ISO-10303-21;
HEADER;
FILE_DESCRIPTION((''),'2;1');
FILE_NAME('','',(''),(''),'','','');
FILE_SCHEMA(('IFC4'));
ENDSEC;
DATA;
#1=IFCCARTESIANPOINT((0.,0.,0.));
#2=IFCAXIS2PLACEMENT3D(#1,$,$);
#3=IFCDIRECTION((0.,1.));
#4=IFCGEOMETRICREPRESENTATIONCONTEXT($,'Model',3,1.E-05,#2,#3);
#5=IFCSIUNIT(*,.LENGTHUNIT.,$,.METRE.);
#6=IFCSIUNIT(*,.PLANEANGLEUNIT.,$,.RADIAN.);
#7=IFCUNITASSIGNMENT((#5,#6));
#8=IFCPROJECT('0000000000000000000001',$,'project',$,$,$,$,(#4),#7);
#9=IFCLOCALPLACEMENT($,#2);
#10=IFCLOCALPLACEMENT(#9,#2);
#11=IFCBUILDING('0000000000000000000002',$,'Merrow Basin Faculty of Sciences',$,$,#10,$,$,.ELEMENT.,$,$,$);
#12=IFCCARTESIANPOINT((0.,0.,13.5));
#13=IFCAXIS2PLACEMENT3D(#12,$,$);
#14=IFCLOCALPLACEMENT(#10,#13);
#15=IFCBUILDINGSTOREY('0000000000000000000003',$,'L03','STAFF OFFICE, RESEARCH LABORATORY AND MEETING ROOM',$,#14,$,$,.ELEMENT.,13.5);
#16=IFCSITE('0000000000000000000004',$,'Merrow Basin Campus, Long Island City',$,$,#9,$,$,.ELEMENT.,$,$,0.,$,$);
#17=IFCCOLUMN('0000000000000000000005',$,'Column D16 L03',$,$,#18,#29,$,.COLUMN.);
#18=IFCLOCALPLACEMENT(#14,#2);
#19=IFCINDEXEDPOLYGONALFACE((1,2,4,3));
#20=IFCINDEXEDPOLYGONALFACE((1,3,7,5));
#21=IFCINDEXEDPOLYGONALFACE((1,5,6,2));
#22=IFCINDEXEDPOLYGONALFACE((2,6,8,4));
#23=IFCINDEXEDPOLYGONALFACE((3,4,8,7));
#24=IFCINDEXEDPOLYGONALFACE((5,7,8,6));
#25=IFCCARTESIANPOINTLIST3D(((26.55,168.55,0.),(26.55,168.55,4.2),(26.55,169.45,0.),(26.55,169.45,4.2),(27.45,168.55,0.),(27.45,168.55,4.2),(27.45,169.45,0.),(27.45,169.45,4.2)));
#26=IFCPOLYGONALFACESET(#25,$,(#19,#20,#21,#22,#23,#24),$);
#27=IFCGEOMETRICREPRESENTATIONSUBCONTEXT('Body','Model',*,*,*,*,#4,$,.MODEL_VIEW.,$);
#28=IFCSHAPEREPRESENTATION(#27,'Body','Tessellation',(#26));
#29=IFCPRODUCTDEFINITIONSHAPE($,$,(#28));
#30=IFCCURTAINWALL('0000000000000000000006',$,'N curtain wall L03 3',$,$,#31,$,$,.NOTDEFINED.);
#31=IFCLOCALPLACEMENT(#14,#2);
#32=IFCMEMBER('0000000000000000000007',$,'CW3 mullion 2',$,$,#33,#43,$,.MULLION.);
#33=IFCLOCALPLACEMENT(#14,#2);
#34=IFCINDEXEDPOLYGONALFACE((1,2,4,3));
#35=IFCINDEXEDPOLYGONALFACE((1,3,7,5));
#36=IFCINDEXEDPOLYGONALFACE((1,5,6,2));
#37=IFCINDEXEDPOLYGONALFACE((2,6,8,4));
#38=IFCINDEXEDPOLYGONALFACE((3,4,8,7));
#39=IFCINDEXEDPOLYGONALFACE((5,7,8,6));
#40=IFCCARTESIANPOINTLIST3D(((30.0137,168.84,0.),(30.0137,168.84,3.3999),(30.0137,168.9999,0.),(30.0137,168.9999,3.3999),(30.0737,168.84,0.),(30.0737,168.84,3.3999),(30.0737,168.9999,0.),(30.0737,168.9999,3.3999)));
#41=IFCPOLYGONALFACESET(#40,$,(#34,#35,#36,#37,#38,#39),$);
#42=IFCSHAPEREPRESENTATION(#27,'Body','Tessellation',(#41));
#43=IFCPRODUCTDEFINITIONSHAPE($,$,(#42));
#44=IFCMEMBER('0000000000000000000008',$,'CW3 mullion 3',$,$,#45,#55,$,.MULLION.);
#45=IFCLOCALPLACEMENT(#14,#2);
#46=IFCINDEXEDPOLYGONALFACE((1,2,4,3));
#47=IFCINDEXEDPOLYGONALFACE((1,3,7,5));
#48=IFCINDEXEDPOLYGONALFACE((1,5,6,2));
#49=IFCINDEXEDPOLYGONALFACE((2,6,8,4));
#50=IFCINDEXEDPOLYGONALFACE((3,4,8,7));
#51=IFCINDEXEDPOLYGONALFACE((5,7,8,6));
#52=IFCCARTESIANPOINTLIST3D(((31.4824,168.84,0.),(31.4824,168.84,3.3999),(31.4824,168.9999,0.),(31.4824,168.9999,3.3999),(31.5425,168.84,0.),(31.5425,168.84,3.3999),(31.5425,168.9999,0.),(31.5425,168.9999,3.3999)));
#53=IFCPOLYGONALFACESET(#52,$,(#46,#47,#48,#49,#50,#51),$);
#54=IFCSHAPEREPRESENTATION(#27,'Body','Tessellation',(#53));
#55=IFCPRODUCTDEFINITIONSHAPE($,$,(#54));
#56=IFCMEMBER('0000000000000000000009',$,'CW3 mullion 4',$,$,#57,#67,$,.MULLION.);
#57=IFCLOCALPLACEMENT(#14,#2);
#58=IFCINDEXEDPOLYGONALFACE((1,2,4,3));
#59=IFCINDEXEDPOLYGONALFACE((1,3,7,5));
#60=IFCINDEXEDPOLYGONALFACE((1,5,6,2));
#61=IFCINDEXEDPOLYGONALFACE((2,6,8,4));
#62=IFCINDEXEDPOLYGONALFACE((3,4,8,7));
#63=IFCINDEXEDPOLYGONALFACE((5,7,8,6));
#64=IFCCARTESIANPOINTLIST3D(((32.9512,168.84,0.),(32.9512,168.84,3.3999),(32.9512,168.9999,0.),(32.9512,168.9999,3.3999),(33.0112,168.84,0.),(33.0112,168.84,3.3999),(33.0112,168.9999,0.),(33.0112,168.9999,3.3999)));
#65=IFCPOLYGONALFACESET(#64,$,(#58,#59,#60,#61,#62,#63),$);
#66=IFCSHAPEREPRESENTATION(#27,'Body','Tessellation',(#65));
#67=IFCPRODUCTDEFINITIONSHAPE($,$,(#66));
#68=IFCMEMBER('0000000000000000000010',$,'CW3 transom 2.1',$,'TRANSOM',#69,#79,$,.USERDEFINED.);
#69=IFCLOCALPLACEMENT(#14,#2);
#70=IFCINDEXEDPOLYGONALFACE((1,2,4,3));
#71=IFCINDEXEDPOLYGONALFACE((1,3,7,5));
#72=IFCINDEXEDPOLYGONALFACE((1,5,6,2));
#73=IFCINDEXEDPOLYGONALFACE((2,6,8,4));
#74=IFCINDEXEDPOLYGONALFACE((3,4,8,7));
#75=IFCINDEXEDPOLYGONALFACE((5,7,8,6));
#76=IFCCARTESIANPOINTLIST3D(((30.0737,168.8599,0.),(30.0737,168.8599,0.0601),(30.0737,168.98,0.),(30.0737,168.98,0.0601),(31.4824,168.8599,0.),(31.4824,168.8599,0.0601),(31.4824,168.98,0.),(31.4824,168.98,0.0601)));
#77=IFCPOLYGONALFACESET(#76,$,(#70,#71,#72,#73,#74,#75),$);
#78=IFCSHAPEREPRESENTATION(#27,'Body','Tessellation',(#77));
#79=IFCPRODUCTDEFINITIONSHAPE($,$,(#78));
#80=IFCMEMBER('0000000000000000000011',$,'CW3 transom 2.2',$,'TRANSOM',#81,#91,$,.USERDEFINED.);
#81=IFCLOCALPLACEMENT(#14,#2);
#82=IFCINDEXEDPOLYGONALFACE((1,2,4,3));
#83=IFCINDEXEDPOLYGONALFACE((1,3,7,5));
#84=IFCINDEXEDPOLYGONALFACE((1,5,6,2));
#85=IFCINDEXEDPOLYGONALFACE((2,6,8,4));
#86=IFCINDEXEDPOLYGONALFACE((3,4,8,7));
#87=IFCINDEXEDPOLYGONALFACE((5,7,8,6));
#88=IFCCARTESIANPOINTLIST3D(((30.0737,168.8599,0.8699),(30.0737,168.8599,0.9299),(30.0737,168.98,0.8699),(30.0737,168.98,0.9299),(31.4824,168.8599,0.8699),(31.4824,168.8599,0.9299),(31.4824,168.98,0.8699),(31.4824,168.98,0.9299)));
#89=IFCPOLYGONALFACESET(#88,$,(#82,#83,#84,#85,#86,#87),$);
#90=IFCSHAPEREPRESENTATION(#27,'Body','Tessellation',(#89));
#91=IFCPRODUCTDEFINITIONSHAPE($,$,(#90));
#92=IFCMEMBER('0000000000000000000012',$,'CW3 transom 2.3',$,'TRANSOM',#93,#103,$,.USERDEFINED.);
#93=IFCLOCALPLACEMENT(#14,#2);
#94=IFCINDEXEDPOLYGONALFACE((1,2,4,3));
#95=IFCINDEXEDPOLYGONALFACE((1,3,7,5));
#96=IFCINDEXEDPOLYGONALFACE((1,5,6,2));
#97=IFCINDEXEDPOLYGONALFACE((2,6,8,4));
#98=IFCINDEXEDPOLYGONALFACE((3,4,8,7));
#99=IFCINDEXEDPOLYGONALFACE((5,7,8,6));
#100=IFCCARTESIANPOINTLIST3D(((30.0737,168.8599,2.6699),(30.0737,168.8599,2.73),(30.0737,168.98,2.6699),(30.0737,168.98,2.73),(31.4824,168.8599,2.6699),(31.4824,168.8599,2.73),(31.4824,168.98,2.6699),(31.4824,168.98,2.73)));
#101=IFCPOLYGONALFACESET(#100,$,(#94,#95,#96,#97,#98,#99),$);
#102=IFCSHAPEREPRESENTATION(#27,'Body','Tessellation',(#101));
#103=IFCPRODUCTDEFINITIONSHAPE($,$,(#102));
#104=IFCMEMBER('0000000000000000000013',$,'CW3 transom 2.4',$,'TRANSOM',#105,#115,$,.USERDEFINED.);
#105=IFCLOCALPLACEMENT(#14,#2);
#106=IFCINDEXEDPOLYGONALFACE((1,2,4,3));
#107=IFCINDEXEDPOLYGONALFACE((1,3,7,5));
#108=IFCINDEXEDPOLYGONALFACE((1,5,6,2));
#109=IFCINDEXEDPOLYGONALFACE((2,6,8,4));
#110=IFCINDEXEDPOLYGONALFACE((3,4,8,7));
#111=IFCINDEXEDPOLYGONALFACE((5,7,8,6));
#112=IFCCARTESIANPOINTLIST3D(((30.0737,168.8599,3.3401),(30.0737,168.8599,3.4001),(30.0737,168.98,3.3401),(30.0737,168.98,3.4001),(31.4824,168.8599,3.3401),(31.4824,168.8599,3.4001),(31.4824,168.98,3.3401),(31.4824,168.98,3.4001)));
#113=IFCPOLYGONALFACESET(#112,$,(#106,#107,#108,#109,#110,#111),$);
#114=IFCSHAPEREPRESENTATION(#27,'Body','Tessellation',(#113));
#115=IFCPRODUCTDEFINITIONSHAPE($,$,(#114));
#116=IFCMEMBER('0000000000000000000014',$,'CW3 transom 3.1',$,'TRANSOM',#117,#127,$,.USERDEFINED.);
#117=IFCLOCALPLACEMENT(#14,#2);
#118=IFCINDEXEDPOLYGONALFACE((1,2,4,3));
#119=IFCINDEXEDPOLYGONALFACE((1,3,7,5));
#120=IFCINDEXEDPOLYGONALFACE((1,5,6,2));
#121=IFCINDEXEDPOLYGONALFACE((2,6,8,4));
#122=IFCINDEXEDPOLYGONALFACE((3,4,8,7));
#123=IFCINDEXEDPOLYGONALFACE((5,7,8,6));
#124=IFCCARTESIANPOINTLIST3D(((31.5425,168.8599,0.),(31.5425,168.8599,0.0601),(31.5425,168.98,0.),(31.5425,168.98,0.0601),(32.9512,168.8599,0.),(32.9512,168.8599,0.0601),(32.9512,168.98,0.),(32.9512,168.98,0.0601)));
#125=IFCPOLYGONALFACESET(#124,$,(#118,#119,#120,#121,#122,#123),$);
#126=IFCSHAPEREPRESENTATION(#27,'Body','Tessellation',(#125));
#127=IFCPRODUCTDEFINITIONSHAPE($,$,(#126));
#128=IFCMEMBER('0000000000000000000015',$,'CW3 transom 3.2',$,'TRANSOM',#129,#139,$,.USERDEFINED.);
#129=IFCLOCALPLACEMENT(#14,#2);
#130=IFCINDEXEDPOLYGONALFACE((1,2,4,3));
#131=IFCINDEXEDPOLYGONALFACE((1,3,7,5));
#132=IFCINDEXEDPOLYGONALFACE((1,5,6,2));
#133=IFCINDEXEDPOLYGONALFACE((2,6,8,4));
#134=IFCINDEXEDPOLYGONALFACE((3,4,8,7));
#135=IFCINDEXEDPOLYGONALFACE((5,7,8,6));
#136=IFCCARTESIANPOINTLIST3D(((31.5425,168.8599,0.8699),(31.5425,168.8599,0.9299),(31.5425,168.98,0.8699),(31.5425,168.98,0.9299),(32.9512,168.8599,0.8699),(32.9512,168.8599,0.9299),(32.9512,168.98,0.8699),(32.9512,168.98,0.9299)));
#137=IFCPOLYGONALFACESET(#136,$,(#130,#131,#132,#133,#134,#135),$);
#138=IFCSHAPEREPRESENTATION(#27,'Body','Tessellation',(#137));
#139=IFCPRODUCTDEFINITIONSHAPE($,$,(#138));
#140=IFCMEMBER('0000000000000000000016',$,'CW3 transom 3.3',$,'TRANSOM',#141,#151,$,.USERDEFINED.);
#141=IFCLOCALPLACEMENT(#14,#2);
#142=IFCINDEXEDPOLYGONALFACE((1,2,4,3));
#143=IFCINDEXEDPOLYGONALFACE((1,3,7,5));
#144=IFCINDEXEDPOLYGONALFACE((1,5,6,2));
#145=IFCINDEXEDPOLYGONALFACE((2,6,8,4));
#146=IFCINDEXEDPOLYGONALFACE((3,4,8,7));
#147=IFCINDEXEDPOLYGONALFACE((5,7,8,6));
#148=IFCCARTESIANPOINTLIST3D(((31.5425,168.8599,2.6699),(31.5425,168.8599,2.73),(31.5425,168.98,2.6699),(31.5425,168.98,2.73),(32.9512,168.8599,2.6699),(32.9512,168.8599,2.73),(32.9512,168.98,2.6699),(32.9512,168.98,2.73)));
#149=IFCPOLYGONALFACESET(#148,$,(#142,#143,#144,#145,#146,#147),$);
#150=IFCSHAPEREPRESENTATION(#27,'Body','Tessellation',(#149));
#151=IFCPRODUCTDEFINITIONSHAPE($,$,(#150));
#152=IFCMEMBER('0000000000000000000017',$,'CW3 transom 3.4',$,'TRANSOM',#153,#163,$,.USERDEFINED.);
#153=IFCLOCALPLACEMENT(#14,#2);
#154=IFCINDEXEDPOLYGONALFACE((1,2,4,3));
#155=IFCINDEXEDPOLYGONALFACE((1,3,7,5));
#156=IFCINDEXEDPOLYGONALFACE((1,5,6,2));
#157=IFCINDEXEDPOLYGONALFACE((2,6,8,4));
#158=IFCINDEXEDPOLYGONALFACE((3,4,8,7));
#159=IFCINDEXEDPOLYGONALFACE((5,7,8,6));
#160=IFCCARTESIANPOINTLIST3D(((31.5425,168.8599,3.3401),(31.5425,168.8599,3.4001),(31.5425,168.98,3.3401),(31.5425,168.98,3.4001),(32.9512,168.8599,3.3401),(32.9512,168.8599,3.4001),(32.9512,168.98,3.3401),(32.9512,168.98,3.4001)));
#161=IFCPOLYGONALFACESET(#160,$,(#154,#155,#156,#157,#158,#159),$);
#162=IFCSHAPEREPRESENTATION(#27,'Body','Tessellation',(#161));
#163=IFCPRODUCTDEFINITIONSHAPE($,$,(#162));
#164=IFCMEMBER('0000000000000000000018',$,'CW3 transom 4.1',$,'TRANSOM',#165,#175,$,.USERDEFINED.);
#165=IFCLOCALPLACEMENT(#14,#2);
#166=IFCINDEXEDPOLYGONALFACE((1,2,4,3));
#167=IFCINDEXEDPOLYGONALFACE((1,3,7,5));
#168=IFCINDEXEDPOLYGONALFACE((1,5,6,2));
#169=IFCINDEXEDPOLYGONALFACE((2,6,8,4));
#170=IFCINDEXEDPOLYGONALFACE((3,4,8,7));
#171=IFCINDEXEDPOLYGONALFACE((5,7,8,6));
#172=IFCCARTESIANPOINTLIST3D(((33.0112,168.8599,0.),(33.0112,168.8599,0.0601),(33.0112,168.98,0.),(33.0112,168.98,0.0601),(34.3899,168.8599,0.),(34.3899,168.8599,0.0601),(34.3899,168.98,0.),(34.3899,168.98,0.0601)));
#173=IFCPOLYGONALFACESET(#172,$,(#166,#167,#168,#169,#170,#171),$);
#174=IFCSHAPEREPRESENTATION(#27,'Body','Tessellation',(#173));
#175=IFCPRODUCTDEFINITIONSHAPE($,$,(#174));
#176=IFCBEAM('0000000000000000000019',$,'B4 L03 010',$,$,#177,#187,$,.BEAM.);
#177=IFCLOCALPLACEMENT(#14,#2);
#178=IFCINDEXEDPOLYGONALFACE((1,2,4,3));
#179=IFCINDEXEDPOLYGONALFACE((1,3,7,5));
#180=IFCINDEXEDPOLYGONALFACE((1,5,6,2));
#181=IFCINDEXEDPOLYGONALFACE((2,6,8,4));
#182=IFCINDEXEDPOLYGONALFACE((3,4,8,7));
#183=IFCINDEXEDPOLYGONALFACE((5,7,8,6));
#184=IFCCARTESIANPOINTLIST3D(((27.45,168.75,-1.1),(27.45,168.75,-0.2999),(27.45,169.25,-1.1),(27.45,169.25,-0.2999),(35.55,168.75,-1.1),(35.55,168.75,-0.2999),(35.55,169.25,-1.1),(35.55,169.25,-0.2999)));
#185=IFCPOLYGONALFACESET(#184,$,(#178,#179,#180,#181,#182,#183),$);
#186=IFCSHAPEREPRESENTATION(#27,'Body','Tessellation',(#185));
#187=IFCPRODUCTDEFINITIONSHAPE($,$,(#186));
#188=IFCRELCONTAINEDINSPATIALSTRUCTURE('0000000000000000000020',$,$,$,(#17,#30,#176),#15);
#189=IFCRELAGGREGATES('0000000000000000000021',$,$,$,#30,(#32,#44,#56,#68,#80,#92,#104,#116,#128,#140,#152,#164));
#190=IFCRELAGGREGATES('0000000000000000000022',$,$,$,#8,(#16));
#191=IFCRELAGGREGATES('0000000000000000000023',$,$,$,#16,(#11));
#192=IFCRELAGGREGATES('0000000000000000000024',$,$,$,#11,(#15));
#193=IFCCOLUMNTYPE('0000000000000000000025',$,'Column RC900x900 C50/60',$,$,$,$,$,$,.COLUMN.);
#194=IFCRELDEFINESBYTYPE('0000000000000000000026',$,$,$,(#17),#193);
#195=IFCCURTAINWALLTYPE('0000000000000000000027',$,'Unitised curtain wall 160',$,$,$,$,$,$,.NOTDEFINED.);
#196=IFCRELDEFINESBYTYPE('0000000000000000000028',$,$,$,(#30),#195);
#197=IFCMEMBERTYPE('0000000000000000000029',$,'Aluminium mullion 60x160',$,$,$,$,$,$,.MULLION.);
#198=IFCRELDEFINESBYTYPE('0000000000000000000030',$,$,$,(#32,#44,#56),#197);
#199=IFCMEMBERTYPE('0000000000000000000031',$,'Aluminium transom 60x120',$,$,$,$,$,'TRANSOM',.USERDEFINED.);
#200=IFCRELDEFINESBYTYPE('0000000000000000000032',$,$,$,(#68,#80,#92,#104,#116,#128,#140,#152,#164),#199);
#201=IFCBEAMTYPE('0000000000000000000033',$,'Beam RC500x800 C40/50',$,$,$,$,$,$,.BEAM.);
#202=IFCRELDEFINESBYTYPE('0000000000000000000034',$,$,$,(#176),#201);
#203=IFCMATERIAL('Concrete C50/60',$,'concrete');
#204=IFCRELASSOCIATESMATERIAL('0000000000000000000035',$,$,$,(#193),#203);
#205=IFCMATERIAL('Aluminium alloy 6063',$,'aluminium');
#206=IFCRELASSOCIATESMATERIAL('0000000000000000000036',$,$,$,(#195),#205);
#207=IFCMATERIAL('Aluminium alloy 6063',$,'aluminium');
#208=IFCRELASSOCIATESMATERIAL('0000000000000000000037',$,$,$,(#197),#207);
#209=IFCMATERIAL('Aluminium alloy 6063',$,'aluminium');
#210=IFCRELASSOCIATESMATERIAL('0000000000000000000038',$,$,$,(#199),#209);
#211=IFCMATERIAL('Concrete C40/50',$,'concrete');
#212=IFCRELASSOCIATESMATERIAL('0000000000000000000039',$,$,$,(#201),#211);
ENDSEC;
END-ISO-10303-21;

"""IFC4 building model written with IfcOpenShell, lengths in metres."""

from ifc_helpers import new_model, si_unit, direction, frame, origin, origin_2d, place, context, subcontext, project, spatial, rectangle, extrude, material, material_profile, profile_set, type_object, element, aggregate, save


model = new_model("IFC4")

# Units and contexts
model_context = context("Model", 3, precision=1e-05, world=origin(), true_north=direction((0.0, 1.0)))
body_context = subcontext(model_context, "Body", "Model", "MODEL_VIEW")
ifc_project = project(units=[si_unit("LENGTHUNIT", "METRE"), si_unit("PLANEANGLEUNIT", "RADIAN")], contexts=[model_context])

# Site, building, storey
site_placement = place(None, origin())
site = spatial("IfcSite", under=ifc_project, at=site_placement, Name="Merrow Basin Campus, Long Island City", CompositionType="ELEMENT", RefElevation=0.0)
building_placement = place(site_placement, origin())
building = spatial("IfcBuilding", under=site, at=building_placement, Name="Merrow Basin Faculty of Sciences", CompositionType="ELEMENT")
storey_placement = place(building_placement, frame((0.0, 0.0, 13.5)))
storey = spatial("IfcBuildingStorey", under=building, at=storey_placement, Name="L03", Description="STAFF OFFICE, RESEARCH LABORATORY AND MEETING ROOM", CompositionType="ELEMENT", Elevation=13.5)

# Column
ifc_material_1 = material(Name="Concrete C50/60", Category="concrete")
ifc_material_profile_1 = material_profile(ifc_material_1, rectangle(XDim=0.8999, YDim=0.8999, at=origin_2d()))
ifc_profile_set_1 = profile_set([ifc_material_profile_1], Name="Concrete C50/60")
column_type = type_object("IfcColumnType", Name="Column RC900x900 C50/60", PredefinedType="COLUMN", material=ifc_profile_set_1)
column_placement = place(storey_placement, frame((27.0, 169.0, 0.0), z_axis=(0.0, 0.0, 1.0), x_axis=(1.0, 0.0, 0.0)))
element("IfcColumn", 1, at=column_placement, inside=storey, type_object=column_type, Name="Column D16 L03", PredefinedType="COLUMN", context=body_context, shape_type="SweptSolid", body=[
    extrude(rectangle(XDim=0.8999, YDim=0.8999, at=origin_2d()), origin(), (0.0, 0.0, 1.0), 4.2),
])

# Curtain wall, members
ifc_material_2 = material(Name="Aluminium alloy 6063", Category="aluminium")
curtain_wall_type = type_object("IfcCurtainWallType", Name="Unitised curtain wall 160", PredefinedType="NOTDEFINED", material=ifc_material_2)
curtain_wall_placement = place(storey_placement, origin())
curtain_wall = element("IfcCurtainWall", 2, at=curtain_wall_placement, inside=storey, type_object=curtain_wall_type, Name="N curtain wall L03 3", PredefinedType="NOTDEFINED")
ifc_material_3 = material(Name="Aluminium alloy 6063", Category="aluminium")
ifc_material_profile_2 = material_profile(ifc_material_3, rectangle(XDim=0.1599, YDim=0.0601, at=origin_2d()))
ifc_profile_set_2 = profile_set([ifc_material_profile_2], Name="Aluminium alloy 6063")
member_type_1 = type_object("IfcMemberType", Name="Aluminium mullion 60x160", PredefinedType="MULLION", material=ifc_profile_set_2)
member_1_placement = place(storey_placement, frame((30.0437, 168.9199, 0.0), z_axis=(0.0, 0.0, 1.0), x_axis=(0.0, 1.0, 0.0)))
member_1 = element("IfcMember", 3, at=member_1_placement, type_object=member_type_1, Name="CW3 mullion 2", PredefinedType="MULLION", context=body_context, shape_type="SweptSolid", body=[
    extrude(rectangle(XDim=0.1599, YDim=0.0601, at=origin_2d()), origin(), (0.0, 0.0, 1.0), 3.3999),
])
member_2_placement = place(storey_placement, frame((31.5125, 168.9199, 0.0), z_axis=(0.0, 0.0, 1.0), x_axis=(0.0, 1.0, 0.0)))
member_2 = element("IfcMember", 4, at=member_2_placement, type_object=member_type_1, Name="CW3 mullion 3", PredefinedType="MULLION", context=body_context, shape_type="SweptSolid", body=[
    extrude(rectangle(XDim=0.1599, YDim=0.0601, at=origin_2d()), origin(), (0.0, 0.0, 1.0), 3.3999),
])
member_3_placement = place(storey_placement, frame((32.9812, 168.9199, 0.0), z_axis=(0.0, 0.0, 1.0), x_axis=(0.0, 1.0, 0.0)))
member_3 = element("IfcMember", 5, at=member_3_placement, type_object=member_type_1, Name="CW3 mullion 4", PredefinedType="MULLION", context=body_context, shape_type="SweptSolid", body=[
    extrude(rectangle(XDim=0.1599, YDim=0.0601, at=origin_2d()), origin(), (0.0, 0.0, 1.0), 3.3999),
])
ifc_material_4 = material(Name="Aluminium alloy 6063", Category="aluminium")
ifc_material_profile_3 = material_profile(ifc_material_4, rectangle(XDim=0.1201, YDim=0.0601, at=origin_2d()))
ifc_profile_set_3 = profile_set([ifc_material_profile_3], Name="Aluminium alloy 6063")
member_type_2 = type_object("IfcMemberType", Name="Aluminium transom 60x120", ElementType="TRANSOM", PredefinedType="USERDEFINED", material=ifc_profile_set_3)
member_4_placement = place(storey_placement, frame((30.0737, 168.9199, 0.03), z_axis=(1.0, 0.0, 0.0), x_axis=(0.0, 1.0, 0.0)))
member_4 = element("IfcMember", 6, at=member_4_placement, type_object=member_type_2, Name="CW3 transom 2.1", ObjectType="TRANSOM", PredefinedType="USERDEFINED", context=body_context, shape_type="SweptSolid", body=[
    extrude(rectangle(XDim=0.1201, YDim=0.0601, at=origin_2d()), origin(), (0.0, 0.0, 1.0), 1.4087),
])
member_5_placement = place(storey_placement, frame((30.0737, 168.9199, 0.8999), z_axis=(1.0, 0.0, 0.0), x_axis=(0.0, 1.0, 0.0)))
member_5 = element("IfcMember", 7, at=member_5_placement, type_object=member_type_2, Name="CW3 transom 2.2", ObjectType="TRANSOM", PredefinedType="USERDEFINED", context=body_context, shape_type="SweptSolid", body=[
    extrude(rectangle(XDim=0.1201, YDim=0.0601, at=origin_2d()), origin(), (0.0, 0.0, 1.0), 1.4087),
])
member_6_placement = place(storey_placement, frame((30.0737, 168.9199, 2.7), z_axis=(1.0, 0.0, 0.0), x_axis=(0.0, 1.0, 0.0)))
member_6 = element("IfcMember", 8, at=member_6_placement, type_object=member_type_2, Name="CW3 transom 2.3", ObjectType="TRANSOM", PredefinedType="USERDEFINED", context=body_context, shape_type="SweptSolid", body=[
    extrude(rectangle(XDim=0.1201, YDim=0.0601, at=origin_2d()), origin(), (0.0, 0.0, 1.0), 1.4087),
])
member_7_placement = place(storey_placement, frame((30.0737, 168.9199, 3.3701), z_axis=(1.0, 0.0, 0.0), x_axis=(0.0, 1.0, 0.0)))
member_7 = element("IfcMember", 9, at=member_7_placement, type_object=member_type_2, Name="CW3 transom 2.4", ObjectType="TRANSOM", PredefinedType="USERDEFINED", context=body_context, shape_type="SweptSolid", body=[
    extrude(rectangle(XDim=0.1201, YDim=0.0601, at=origin_2d()), origin(), (0.0, 0.0, 1.0), 1.4087),
])
member_8_placement = place(storey_placement, frame((31.5425, 168.9199, 0.03), z_axis=(1.0, 0.0, 0.0), x_axis=(0.0, 1.0, 0.0)))
member_8 = element("IfcMember", 10, at=member_8_placement, type_object=member_type_2, Name="CW3 transom 3.1", ObjectType="TRANSOM", PredefinedType="USERDEFINED", context=body_context, shape_type="SweptSolid", body=[
    extrude(rectangle(XDim=0.1201, YDim=0.0601, at=origin_2d()), origin(), (0.0, 0.0, 1.0), 1.4087),
])
member_9_placement = place(storey_placement, frame((31.5425, 168.9199, 0.8999), z_axis=(1.0, 0.0, 0.0), x_axis=(0.0, 1.0, 0.0)))
member_9 = element("IfcMember", 11, at=member_9_placement, type_object=member_type_2, Name="CW3 transom 3.2", ObjectType="TRANSOM", PredefinedType="USERDEFINED", context=body_context, shape_type="SweptSolid", body=[
    extrude(rectangle(XDim=0.1201, YDim=0.0601, at=origin_2d()), origin(), (0.0, 0.0, 1.0), 1.4087),
])
member_10_placement = place(storey_placement, frame((31.5425, 168.9199, 2.7), z_axis=(1.0, 0.0, 0.0), x_axis=(0.0, 1.0, 0.0)))
member_10 = element("IfcMember", 12, at=member_10_placement, type_object=member_type_2, Name="CW3 transom 3.3", ObjectType="TRANSOM", PredefinedType="USERDEFINED", context=body_context, shape_type="SweptSolid", body=[
    extrude(rectangle(XDim=0.1201, YDim=0.0601, at=origin_2d()), origin(), (0.0, 0.0, 1.0), 1.4087),
])
member_11_placement = place(storey_placement, frame((31.5425, 168.9199, 3.3701), z_axis=(1.0, 0.0, 0.0), x_axis=(0.0, 1.0, 0.0)))
member_11 = element("IfcMember", 13, at=member_11_placement, type_object=member_type_2, Name="CW3 transom 3.4", ObjectType="TRANSOM", PredefinedType="USERDEFINED", context=body_context, shape_type="SweptSolid", body=[
    extrude(rectangle(XDim=0.1201, YDim=0.0601, at=origin_2d()), origin(), (0.0, 0.0, 1.0), 1.4087),
])
member_12_placement = place(storey_placement, frame((33.0112, 168.9199, 0.03), z_axis=(1.0, 0.0, 0.0), x_axis=(0.0, 1.0, 0.0)))
member_12 = element("IfcMember", 14, at=member_12_placement, type_object=member_type_2, Name="CW3 transom 4.1", ObjectType="TRANSOM", PredefinedType="USERDEFINED", context=body_context, shape_type="SweptSolid", body=[
    extrude(rectangle(XDim=0.1201, YDim=0.0601, at=origin_2d()), origin(), (0.0, 0.0, 1.0), 1.3787),
])

# Beam
ifc_material_5 = material(Name="Concrete C40/50", Category="concrete")
ifc_material_profile_4 = material_profile(ifc_material_5, rectangle(XDim=0.5, YDim=0.8, at=origin_2d()))
ifc_profile_set_4 = profile_set([ifc_material_profile_4], Name="Concrete C40/50")
beam_type = type_object("IfcBeamType", Name="Beam RC500x800 C40/50", PredefinedType="BEAM", material=ifc_profile_set_4)
beam_placement = place(storey_placement, frame((27.45, 169.0, -0.7), z_axis=(1.0, 0.0, 0.0), x_axis=(0.0, 1.0, 0.0)))
element("IfcBeam", 15, at=beam_placement, inside=storey, type_object=beam_type, Name="B4 L03 010", PredefinedType="BEAM", context=body_context, shape_type="SweptSolid", body=[
    extrude(rectangle(XDim=0.5, YDim=0.8, at=origin_2d()), origin(), (0.0, 0.0, 1.0), 8.1001),
])

aggregate(curtain_wall, [member_1, member_2, member_3, member_4, member_5, member_6, member_7, member_8, member_9, member_10, member_11, member_12])

save(model, "model.ifc")
